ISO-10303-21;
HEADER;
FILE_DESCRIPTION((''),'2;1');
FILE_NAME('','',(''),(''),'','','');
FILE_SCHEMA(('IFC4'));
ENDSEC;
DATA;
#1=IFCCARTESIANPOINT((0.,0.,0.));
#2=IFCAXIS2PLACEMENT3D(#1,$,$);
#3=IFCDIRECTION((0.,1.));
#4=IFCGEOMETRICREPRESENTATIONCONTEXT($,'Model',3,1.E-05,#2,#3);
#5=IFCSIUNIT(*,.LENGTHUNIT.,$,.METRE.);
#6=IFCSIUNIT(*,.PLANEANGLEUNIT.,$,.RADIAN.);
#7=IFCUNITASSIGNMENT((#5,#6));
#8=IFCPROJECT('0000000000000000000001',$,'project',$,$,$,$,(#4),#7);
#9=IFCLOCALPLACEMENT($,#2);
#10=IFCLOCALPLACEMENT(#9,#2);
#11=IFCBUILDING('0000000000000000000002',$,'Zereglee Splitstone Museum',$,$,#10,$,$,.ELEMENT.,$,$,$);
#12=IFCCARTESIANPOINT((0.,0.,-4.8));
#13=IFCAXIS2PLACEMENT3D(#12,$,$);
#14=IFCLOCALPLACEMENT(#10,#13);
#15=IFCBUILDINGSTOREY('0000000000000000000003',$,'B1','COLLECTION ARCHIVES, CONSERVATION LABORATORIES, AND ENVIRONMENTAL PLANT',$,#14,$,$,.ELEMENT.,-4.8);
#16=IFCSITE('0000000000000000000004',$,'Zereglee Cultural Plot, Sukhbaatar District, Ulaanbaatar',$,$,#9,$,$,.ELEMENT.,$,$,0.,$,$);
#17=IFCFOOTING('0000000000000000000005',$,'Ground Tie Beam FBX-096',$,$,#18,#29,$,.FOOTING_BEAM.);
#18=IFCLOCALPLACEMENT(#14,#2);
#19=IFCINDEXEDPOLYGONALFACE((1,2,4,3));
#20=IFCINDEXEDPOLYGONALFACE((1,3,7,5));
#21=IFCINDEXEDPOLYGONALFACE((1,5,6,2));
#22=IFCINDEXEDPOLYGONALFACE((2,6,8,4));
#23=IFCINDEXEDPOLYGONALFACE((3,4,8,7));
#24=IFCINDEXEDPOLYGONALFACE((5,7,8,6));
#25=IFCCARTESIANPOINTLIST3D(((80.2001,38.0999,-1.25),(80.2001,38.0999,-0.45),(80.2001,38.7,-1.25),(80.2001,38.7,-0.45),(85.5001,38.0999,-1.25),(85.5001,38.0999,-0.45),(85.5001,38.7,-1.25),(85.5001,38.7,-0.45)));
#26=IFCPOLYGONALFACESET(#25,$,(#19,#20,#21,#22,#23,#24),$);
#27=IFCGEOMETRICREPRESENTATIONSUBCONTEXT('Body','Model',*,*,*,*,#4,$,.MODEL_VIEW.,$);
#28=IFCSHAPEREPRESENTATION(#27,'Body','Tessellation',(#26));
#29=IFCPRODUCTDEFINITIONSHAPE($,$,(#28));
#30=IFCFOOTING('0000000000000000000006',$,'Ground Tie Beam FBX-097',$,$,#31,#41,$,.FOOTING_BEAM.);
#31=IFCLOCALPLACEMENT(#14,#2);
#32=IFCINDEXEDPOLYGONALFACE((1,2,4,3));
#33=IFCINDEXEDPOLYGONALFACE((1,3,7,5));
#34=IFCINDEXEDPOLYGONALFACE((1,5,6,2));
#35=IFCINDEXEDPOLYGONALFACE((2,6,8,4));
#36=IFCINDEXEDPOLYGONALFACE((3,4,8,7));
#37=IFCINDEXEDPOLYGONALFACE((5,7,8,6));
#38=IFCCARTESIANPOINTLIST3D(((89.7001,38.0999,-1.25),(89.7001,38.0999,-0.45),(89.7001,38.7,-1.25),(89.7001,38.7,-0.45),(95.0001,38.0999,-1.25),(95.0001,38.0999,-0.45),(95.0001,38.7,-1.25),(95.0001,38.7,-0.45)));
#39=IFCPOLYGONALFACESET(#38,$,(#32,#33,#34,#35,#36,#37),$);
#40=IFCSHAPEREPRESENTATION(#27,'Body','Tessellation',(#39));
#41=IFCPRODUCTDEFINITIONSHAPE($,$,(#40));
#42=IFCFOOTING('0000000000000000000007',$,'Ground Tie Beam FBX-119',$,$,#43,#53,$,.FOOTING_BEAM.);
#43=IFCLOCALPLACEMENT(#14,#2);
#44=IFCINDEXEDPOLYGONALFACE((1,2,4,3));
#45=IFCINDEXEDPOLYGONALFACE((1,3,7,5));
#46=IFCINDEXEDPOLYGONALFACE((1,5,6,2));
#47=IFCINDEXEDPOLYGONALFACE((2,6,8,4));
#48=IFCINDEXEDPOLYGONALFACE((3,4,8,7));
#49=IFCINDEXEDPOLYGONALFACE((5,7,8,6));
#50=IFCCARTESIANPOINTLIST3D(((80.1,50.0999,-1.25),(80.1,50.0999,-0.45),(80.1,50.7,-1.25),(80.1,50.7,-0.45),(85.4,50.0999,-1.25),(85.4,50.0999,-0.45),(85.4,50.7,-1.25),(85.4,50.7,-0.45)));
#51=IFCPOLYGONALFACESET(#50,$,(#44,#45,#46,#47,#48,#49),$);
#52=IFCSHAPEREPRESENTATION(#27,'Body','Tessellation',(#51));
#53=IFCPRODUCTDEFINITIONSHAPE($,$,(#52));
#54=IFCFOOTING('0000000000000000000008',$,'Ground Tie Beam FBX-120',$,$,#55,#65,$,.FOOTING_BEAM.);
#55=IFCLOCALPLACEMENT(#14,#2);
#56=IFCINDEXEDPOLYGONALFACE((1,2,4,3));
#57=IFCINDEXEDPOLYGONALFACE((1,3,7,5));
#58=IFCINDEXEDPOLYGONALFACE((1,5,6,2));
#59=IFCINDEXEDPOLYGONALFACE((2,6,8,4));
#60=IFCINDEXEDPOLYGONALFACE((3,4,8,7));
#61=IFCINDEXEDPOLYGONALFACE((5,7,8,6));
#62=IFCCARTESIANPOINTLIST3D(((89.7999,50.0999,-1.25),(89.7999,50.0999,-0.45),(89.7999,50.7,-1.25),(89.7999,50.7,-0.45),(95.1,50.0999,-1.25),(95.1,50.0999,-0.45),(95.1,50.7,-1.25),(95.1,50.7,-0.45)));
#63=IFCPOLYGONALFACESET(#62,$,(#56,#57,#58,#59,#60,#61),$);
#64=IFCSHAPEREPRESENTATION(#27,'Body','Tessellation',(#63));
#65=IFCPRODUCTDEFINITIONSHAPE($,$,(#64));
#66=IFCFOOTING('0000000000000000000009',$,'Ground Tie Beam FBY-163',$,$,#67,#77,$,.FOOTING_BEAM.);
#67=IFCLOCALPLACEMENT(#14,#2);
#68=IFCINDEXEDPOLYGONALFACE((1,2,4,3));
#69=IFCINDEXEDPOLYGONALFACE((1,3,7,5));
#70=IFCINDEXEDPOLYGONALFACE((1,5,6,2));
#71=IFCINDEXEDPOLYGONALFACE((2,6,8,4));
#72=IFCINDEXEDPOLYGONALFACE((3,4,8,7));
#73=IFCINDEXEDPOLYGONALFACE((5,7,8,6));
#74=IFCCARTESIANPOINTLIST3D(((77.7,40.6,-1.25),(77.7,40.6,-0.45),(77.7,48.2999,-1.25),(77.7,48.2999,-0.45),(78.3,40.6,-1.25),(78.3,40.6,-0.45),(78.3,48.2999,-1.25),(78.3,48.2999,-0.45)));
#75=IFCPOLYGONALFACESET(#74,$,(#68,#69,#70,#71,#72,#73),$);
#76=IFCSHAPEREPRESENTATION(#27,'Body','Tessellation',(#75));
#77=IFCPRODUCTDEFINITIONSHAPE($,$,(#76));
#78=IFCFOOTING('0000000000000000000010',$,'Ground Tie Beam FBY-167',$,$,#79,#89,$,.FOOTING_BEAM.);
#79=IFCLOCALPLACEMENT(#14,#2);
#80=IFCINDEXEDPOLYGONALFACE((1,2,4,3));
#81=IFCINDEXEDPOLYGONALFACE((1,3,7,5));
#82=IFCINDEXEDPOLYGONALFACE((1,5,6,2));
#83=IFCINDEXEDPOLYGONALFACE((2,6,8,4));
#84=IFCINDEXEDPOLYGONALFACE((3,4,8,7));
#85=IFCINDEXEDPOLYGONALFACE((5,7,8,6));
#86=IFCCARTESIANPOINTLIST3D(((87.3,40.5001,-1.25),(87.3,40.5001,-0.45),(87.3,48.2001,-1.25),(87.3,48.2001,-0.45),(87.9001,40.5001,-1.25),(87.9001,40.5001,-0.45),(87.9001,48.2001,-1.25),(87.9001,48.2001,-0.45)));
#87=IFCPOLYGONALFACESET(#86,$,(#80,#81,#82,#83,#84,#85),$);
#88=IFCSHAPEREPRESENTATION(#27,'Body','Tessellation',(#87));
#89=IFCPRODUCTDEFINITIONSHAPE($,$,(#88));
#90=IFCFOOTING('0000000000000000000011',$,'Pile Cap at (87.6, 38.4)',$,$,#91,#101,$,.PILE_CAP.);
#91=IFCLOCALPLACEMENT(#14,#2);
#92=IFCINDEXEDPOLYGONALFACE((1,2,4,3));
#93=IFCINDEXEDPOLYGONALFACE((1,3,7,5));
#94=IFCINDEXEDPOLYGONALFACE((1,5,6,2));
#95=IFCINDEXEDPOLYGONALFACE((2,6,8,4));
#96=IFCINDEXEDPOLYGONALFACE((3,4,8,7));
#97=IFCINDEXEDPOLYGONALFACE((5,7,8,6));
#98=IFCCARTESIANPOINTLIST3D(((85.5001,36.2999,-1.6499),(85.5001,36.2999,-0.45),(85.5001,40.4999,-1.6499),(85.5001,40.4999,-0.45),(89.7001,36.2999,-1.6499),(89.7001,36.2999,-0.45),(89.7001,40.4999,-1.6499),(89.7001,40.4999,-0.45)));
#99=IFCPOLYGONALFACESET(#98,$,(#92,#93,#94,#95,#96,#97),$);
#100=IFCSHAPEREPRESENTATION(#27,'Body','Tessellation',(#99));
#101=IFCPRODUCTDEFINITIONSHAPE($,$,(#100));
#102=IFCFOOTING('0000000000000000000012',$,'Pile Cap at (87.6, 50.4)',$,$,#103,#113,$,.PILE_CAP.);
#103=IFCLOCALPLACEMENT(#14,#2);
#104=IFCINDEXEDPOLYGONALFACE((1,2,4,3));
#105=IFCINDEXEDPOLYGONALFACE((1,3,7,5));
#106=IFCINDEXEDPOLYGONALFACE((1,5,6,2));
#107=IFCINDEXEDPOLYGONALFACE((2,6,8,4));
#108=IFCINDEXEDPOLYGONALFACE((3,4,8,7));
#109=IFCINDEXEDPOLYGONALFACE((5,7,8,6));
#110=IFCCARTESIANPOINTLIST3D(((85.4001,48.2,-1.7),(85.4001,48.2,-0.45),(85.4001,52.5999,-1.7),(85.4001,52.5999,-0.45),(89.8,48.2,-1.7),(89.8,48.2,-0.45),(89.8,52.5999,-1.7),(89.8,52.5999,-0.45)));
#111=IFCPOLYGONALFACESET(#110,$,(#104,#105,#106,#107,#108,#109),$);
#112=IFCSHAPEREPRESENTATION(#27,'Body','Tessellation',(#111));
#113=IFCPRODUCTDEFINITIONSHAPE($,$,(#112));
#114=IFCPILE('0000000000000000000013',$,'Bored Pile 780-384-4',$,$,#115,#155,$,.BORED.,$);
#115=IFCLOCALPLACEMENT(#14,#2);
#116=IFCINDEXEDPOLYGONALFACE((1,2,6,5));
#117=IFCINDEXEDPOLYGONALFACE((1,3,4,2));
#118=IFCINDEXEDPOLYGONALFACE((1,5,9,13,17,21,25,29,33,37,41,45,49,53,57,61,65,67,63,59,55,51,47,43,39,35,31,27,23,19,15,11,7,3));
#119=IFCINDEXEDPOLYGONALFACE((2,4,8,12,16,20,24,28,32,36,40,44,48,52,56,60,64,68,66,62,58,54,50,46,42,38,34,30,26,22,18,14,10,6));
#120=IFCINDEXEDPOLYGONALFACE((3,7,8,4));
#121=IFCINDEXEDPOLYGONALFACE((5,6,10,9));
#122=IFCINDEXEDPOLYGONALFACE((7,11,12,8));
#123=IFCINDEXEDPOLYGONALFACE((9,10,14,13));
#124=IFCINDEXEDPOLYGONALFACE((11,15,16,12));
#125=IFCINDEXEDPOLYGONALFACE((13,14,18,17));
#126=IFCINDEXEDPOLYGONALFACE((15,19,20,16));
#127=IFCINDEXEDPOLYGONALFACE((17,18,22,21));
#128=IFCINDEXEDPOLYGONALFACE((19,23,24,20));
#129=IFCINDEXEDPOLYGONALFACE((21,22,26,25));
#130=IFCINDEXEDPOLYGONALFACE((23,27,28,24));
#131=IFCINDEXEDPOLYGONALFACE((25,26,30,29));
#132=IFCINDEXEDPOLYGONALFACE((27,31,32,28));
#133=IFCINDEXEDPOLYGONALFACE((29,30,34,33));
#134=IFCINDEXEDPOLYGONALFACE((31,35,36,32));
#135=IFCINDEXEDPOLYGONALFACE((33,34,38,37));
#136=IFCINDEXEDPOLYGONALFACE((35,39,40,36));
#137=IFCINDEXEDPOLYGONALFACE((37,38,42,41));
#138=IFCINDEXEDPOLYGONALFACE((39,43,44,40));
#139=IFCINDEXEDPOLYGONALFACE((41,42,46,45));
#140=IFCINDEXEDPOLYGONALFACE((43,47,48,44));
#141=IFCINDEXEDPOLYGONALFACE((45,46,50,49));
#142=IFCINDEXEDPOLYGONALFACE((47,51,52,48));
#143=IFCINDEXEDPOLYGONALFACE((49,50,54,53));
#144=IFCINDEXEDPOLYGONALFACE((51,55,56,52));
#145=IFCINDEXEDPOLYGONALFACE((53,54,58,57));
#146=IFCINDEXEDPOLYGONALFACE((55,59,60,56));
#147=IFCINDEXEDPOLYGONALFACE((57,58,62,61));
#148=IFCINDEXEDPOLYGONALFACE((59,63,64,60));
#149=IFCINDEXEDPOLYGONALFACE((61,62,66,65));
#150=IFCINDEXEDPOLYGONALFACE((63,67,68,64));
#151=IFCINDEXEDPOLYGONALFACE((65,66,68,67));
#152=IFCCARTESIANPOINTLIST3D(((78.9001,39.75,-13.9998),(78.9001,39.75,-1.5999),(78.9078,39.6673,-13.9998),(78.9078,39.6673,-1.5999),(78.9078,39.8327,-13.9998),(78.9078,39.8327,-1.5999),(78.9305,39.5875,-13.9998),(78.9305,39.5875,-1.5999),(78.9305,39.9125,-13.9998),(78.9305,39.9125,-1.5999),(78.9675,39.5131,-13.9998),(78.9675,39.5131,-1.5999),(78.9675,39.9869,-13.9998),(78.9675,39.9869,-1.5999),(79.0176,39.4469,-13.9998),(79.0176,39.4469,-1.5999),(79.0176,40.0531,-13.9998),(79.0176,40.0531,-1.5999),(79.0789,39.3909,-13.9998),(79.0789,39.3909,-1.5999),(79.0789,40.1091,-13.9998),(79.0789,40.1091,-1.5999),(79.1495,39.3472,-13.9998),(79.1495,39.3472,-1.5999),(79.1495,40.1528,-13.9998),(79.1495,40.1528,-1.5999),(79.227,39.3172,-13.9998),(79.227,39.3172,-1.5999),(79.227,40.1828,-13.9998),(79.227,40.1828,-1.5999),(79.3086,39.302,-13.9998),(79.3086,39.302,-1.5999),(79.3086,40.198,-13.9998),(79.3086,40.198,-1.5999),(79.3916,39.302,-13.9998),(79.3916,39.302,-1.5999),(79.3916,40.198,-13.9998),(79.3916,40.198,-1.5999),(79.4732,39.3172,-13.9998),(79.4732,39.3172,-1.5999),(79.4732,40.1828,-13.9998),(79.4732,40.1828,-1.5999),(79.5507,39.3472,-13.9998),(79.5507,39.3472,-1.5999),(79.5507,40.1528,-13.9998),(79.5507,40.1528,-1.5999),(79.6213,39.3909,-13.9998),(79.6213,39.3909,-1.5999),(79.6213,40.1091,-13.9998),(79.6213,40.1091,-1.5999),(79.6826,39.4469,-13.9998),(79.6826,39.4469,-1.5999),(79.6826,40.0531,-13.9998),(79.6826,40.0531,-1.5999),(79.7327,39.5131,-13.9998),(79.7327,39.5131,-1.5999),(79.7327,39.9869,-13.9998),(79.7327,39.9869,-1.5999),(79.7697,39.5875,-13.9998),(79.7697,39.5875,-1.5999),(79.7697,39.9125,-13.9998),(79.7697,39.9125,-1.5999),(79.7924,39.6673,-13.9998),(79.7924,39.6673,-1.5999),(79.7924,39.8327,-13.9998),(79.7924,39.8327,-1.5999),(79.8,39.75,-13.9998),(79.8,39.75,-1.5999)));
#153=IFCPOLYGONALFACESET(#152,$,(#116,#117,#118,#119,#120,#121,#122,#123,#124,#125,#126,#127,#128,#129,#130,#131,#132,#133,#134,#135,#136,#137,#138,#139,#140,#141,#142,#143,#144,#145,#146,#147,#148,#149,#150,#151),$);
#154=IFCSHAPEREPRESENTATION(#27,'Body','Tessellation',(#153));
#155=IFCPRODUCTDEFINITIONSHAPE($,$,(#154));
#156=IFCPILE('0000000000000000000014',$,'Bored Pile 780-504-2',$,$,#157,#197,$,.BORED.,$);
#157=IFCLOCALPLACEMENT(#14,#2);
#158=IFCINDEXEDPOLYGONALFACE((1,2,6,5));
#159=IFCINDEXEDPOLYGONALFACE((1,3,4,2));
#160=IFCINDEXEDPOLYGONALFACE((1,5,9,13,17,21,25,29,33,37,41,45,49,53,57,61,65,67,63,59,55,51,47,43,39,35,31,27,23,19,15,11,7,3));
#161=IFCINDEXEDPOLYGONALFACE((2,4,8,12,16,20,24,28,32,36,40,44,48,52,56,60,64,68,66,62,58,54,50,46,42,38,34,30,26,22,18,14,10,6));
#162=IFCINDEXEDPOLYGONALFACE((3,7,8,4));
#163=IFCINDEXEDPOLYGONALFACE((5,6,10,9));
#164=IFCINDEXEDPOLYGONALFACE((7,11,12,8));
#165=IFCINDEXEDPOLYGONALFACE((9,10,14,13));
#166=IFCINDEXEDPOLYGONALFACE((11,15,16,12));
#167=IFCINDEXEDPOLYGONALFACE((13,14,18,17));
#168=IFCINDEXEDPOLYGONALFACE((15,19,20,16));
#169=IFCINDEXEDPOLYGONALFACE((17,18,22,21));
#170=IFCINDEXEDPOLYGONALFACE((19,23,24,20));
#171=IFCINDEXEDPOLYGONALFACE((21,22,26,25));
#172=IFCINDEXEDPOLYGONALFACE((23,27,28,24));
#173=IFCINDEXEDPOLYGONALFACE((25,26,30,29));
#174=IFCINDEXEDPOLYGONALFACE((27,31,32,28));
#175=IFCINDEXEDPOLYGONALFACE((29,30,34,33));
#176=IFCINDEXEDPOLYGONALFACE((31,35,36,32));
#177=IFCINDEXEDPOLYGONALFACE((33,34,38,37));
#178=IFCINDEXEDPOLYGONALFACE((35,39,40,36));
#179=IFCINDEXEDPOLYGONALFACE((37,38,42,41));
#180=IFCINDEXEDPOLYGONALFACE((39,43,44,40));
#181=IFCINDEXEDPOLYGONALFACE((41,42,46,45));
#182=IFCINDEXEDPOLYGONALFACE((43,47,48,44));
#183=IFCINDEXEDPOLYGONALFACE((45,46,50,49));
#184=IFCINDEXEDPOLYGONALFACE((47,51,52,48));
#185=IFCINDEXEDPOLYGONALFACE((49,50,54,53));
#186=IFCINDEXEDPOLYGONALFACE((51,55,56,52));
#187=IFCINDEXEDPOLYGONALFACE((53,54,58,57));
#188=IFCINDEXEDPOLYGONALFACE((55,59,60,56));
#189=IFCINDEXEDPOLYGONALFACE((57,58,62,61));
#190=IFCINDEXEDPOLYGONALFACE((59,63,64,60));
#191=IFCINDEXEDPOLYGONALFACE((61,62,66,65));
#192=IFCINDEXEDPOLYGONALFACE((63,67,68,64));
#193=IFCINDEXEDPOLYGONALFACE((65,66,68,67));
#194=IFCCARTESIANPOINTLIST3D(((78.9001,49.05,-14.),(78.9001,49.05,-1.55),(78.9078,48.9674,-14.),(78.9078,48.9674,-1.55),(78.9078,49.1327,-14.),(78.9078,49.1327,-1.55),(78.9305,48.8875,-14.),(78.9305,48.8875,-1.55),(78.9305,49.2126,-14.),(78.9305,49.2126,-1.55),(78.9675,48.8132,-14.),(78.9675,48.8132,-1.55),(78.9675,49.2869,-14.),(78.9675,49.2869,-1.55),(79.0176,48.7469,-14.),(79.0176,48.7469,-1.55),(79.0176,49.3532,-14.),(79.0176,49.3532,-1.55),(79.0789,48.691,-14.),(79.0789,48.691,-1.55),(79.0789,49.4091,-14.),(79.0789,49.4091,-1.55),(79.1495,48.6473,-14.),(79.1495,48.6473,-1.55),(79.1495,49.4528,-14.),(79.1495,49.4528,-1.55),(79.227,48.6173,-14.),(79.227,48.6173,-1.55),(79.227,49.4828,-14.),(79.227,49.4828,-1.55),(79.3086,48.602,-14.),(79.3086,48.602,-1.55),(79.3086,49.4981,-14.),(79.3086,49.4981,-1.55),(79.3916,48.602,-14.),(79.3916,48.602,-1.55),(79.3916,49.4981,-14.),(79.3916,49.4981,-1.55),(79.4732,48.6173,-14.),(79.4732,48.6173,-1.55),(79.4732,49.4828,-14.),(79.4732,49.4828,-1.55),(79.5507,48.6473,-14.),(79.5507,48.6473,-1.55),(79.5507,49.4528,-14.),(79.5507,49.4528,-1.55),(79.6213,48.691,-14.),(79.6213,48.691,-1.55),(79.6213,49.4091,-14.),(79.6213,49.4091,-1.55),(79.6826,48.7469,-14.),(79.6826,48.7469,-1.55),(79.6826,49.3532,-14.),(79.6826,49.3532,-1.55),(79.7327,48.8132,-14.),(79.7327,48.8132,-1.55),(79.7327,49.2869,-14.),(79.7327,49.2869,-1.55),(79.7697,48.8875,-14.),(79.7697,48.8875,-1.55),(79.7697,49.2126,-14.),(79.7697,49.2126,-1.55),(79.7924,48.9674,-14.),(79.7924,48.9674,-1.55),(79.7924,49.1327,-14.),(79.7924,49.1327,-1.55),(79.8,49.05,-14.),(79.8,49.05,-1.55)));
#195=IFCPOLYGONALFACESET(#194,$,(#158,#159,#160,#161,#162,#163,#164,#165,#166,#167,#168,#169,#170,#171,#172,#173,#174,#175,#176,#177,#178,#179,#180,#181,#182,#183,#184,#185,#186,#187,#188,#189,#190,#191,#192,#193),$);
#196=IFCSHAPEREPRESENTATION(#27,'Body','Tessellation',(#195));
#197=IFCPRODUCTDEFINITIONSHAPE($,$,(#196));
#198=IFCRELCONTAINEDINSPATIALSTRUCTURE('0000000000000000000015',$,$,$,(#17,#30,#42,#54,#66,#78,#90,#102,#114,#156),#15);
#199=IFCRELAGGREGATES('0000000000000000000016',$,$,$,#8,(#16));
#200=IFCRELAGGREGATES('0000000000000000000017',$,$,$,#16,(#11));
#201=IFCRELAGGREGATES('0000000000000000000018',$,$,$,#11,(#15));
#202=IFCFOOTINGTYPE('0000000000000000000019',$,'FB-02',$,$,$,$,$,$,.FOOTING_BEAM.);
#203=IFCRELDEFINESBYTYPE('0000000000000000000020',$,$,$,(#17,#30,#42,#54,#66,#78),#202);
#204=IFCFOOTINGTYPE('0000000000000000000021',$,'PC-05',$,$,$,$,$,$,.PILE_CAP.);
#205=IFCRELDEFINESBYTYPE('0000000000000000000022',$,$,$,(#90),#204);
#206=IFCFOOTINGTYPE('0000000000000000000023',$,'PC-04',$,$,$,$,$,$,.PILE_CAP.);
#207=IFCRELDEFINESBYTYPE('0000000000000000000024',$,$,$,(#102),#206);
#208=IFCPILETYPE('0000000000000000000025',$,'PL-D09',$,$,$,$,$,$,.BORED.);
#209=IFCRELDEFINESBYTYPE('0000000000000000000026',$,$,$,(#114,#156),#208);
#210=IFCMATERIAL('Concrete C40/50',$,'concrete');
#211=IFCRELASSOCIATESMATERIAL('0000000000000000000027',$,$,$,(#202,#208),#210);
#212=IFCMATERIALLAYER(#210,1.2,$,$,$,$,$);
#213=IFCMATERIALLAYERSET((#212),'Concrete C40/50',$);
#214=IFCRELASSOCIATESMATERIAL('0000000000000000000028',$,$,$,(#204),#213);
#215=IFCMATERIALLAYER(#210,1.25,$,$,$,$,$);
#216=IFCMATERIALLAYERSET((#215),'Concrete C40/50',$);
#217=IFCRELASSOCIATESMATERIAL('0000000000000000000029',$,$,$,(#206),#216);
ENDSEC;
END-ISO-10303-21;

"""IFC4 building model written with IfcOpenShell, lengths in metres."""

from ifc_helpers import new_model, si_unit, direction, frame, origin, origin_2d, place, context, subcontext, project, spatial, rectangle, circle, extrude, material, layer, layer_set, material_profile, profile_set, type_object, element, save


model = new_model("IFC4")

# Units and contexts
model_context = context("Model", 3, precision=1e-05, world=origin(), true_north=direction((0.0, 1.0)))
body_context = subcontext(model_context, "Body", "Model", "MODEL_VIEW")
ifc_project = project(units=[si_unit("LENGTHUNIT", "METRE"), si_unit("PLANEANGLEUNIT", "RADIAN")], contexts=[model_context])

# Site, building, storey
site_placement = place(None, origin())
site = spatial("IfcSite", under=ifc_project, at=site_placement, Name="Zereglee Cultural Plot, Sukhbaatar District, Ulaanbaatar", CompositionType="ELEMENT", RefElevation=0.0)
building_placement = place(site_placement, origin())
building = spatial("IfcBuilding", under=site, at=building_placement, Name="Zereglee Splitstone Museum", CompositionType="ELEMENT")
storey_placement = place(building_placement, frame((0.0, 0.0, -4.8)))
storey = spatial("IfcBuildingStorey", under=building, at=storey_placement, Name="B1", Description="COLLECTION ARCHIVES, CONSERVATION LABORATORIES, AND ENVIRONMENTAL PLANT", CompositionType="ELEMENT", Elevation=-4.8)

# Footings
ifc_material_1 = material(Name="Concrete C40/50", Category="concrete")
footing_type_1 = type_object("IfcFootingType", Name="FB-02", PredefinedType="FOOTING_BEAM", material=ifc_material_1)
for number, where, z_axis, x_axis, name in (
    (1, (82.8501, 38.3999, -1.25), (0.0, 0.0, 1.0), (1.0, 0.0, 0.0), "Ground Tie Beam FBX-096"),
    (2, (92.3501, 38.3999, -1.25), (0.0, 0.0, 1.0), (1.0, 0.0, 0.0), "Ground Tie Beam FBX-097"),
    (3, (82.75, 50.3999, -1.25), (0.0, 0.0, 1.0), (1.0, 0.0, 0.0), "Ground Tie Beam FBX-119"),
    (4, (92.45, 50.3999, -1.25), (0.0, 0.0, 1.0), (1.0, 0.0, 0.0), "Ground Tie Beam FBX-120"),
):
    element("IfcFooting", number, at=place(storey_placement, frame(where, z_axis=z_axis, x_axis=x_axis)), inside=storey, type_object=footing_type_1, Name=name, PredefinedType="FOOTING_BEAM", context=body_context, shape_type="SweptSolid", body=[
        extrude(rectangle(XDim=5.3, YDim=0.6001, at=origin_2d()), origin(), (0.0, 0.0, 1.0), 0.8),
    ])
for number, where, z_axis, x_axis, name in (
    (5, (78.0, 44.45, -1.25), (0.0, 0.0, 1.0), (0.0, 1.0, 0.0), "Ground Tie Beam FBY-163"),
    (6, (87.6001, 44.3501, -1.25), (0.0, 0.0, 1.0), (0.0, 1.0, 0.0), "Ground Tie Beam FBY-167"),
):
    element("IfcFooting", number, at=place(storey_placement, frame(where, z_axis=z_axis, x_axis=x_axis)), inside=storey, type_object=footing_type_1, Name=name, PredefinedType="FOOTING_BEAM", context=body_context, shape_type="SweptSolid", body=[
        extrude(rectangle(XDim=7.7, YDim=0.6001, at=origin_2d()), origin(), (0.0, 0.0, 1.0), 0.8),
    ])
ifc_layer_1 = layer(ifc_material_1, 1.2)
ifc_layer_set_1 = layer_set([ifc_layer_1], Name="Concrete C40/50")
footing_type_2 = type_object("IfcFootingType", Name="PC-05", PredefinedType="PILE_CAP", material=ifc_layer_set_1)
footing_1_placement = place(storey_placement, frame((87.6001, 38.3999, -1.6499), z_axis=(0.0, 0.0, 1.0), x_axis=(1.0, 0.0, 0.0)))
element("IfcFooting", 7, at=footing_1_placement, inside=storey, type_object=footing_type_2, Name="Pile Cap at (87.6, 38.4)", PredefinedType="PILE_CAP", context=body_context, shape_type="SweptSolid", body=[
    extrude(rectangle(XDim=4.2, YDim=4.2, at=origin_2d()), origin(), (0.0, 0.0, 1.0), 1.2),
])
ifc_layer_2 = layer(ifc_material_1, 1.25)
ifc_layer_set_2 = layer_set([ifc_layer_2], Name="Concrete C40/50")
footing_type_3 = type_object("IfcFootingType", Name="PC-04", PredefinedType="PILE_CAP", material=ifc_layer_set_2)
footing_2_placement = place(storey_placement, frame((87.6001, 50.3999, -1.7), z_axis=(0.0, 0.0, 1.0), x_axis=(1.0, 0.0, 0.0)))
element("IfcFooting", 8, at=footing_2_placement, inside=storey, type_object=footing_type_3, Name="Pile Cap at (87.6, 50.4)", PredefinedType="PILE_CAP", context=body_context, shape_type="SweptSolid", body=[
    extrude(rectangle(XDim=4.3999, YDim=4.3999, at=origin_2d()), origin(), (0.0, 0.0, 1.0), 1.25),
])

# Piles
ifc_material_profile_1 = material_profile(ifc_material_1, circle(Radius=0.45, at=origin_2d()), Name="PILE D900")
ifc_profile_set_1 = profile_set([ifc_material_profile_1], Name="Concrete C40/50")
pile_type = type_object("IfcPileType", Name="PL-D09", PredefinedType="BORED", material=ifc_profile_set_1)
pile_1_placement = place(storey_placement, frame((79.3501, 39.75, -1.5999), z_axis=(0.0, 0.0, -1.0), x_axis=(1.0, 0.0, 0.0)))
element("IfcPile", 9, at=pile_1_placement, inside=storey, type_object=pile_type, Name="Bored Pile 780-384-4", PredefinedType="BORED", context=body_context, shape_type="SweptSolid", body=[
    extrude(circle(Radius=0.45, at=origin_2d()), origin(), (0.0, 0.0, 1.0), 12.3999),
])
for number, where, z_axis, x_axis, name in (
    (10, (79.3501, 49.05, -1.55), (0.0, 0.0, -1.0), (1.0, 0.0, 0.0), "Bored Pile 780-504-2"),
):
    element("IfcPile", number, at=place(storey_placement, frame(where, z_axis=z_axis, x_axis=x_axis)), inside=storey, type_object=pile_type, Name=name, PredefinedType="BORED", context=body_context, shape_type="SweptSolid", body=[
        extrude(circle(Radius=0.45, at=origin_2d()), origin(), (0.0, 0.0, 1.0), 12.45),
    ])

save(model, "model.ifc")
